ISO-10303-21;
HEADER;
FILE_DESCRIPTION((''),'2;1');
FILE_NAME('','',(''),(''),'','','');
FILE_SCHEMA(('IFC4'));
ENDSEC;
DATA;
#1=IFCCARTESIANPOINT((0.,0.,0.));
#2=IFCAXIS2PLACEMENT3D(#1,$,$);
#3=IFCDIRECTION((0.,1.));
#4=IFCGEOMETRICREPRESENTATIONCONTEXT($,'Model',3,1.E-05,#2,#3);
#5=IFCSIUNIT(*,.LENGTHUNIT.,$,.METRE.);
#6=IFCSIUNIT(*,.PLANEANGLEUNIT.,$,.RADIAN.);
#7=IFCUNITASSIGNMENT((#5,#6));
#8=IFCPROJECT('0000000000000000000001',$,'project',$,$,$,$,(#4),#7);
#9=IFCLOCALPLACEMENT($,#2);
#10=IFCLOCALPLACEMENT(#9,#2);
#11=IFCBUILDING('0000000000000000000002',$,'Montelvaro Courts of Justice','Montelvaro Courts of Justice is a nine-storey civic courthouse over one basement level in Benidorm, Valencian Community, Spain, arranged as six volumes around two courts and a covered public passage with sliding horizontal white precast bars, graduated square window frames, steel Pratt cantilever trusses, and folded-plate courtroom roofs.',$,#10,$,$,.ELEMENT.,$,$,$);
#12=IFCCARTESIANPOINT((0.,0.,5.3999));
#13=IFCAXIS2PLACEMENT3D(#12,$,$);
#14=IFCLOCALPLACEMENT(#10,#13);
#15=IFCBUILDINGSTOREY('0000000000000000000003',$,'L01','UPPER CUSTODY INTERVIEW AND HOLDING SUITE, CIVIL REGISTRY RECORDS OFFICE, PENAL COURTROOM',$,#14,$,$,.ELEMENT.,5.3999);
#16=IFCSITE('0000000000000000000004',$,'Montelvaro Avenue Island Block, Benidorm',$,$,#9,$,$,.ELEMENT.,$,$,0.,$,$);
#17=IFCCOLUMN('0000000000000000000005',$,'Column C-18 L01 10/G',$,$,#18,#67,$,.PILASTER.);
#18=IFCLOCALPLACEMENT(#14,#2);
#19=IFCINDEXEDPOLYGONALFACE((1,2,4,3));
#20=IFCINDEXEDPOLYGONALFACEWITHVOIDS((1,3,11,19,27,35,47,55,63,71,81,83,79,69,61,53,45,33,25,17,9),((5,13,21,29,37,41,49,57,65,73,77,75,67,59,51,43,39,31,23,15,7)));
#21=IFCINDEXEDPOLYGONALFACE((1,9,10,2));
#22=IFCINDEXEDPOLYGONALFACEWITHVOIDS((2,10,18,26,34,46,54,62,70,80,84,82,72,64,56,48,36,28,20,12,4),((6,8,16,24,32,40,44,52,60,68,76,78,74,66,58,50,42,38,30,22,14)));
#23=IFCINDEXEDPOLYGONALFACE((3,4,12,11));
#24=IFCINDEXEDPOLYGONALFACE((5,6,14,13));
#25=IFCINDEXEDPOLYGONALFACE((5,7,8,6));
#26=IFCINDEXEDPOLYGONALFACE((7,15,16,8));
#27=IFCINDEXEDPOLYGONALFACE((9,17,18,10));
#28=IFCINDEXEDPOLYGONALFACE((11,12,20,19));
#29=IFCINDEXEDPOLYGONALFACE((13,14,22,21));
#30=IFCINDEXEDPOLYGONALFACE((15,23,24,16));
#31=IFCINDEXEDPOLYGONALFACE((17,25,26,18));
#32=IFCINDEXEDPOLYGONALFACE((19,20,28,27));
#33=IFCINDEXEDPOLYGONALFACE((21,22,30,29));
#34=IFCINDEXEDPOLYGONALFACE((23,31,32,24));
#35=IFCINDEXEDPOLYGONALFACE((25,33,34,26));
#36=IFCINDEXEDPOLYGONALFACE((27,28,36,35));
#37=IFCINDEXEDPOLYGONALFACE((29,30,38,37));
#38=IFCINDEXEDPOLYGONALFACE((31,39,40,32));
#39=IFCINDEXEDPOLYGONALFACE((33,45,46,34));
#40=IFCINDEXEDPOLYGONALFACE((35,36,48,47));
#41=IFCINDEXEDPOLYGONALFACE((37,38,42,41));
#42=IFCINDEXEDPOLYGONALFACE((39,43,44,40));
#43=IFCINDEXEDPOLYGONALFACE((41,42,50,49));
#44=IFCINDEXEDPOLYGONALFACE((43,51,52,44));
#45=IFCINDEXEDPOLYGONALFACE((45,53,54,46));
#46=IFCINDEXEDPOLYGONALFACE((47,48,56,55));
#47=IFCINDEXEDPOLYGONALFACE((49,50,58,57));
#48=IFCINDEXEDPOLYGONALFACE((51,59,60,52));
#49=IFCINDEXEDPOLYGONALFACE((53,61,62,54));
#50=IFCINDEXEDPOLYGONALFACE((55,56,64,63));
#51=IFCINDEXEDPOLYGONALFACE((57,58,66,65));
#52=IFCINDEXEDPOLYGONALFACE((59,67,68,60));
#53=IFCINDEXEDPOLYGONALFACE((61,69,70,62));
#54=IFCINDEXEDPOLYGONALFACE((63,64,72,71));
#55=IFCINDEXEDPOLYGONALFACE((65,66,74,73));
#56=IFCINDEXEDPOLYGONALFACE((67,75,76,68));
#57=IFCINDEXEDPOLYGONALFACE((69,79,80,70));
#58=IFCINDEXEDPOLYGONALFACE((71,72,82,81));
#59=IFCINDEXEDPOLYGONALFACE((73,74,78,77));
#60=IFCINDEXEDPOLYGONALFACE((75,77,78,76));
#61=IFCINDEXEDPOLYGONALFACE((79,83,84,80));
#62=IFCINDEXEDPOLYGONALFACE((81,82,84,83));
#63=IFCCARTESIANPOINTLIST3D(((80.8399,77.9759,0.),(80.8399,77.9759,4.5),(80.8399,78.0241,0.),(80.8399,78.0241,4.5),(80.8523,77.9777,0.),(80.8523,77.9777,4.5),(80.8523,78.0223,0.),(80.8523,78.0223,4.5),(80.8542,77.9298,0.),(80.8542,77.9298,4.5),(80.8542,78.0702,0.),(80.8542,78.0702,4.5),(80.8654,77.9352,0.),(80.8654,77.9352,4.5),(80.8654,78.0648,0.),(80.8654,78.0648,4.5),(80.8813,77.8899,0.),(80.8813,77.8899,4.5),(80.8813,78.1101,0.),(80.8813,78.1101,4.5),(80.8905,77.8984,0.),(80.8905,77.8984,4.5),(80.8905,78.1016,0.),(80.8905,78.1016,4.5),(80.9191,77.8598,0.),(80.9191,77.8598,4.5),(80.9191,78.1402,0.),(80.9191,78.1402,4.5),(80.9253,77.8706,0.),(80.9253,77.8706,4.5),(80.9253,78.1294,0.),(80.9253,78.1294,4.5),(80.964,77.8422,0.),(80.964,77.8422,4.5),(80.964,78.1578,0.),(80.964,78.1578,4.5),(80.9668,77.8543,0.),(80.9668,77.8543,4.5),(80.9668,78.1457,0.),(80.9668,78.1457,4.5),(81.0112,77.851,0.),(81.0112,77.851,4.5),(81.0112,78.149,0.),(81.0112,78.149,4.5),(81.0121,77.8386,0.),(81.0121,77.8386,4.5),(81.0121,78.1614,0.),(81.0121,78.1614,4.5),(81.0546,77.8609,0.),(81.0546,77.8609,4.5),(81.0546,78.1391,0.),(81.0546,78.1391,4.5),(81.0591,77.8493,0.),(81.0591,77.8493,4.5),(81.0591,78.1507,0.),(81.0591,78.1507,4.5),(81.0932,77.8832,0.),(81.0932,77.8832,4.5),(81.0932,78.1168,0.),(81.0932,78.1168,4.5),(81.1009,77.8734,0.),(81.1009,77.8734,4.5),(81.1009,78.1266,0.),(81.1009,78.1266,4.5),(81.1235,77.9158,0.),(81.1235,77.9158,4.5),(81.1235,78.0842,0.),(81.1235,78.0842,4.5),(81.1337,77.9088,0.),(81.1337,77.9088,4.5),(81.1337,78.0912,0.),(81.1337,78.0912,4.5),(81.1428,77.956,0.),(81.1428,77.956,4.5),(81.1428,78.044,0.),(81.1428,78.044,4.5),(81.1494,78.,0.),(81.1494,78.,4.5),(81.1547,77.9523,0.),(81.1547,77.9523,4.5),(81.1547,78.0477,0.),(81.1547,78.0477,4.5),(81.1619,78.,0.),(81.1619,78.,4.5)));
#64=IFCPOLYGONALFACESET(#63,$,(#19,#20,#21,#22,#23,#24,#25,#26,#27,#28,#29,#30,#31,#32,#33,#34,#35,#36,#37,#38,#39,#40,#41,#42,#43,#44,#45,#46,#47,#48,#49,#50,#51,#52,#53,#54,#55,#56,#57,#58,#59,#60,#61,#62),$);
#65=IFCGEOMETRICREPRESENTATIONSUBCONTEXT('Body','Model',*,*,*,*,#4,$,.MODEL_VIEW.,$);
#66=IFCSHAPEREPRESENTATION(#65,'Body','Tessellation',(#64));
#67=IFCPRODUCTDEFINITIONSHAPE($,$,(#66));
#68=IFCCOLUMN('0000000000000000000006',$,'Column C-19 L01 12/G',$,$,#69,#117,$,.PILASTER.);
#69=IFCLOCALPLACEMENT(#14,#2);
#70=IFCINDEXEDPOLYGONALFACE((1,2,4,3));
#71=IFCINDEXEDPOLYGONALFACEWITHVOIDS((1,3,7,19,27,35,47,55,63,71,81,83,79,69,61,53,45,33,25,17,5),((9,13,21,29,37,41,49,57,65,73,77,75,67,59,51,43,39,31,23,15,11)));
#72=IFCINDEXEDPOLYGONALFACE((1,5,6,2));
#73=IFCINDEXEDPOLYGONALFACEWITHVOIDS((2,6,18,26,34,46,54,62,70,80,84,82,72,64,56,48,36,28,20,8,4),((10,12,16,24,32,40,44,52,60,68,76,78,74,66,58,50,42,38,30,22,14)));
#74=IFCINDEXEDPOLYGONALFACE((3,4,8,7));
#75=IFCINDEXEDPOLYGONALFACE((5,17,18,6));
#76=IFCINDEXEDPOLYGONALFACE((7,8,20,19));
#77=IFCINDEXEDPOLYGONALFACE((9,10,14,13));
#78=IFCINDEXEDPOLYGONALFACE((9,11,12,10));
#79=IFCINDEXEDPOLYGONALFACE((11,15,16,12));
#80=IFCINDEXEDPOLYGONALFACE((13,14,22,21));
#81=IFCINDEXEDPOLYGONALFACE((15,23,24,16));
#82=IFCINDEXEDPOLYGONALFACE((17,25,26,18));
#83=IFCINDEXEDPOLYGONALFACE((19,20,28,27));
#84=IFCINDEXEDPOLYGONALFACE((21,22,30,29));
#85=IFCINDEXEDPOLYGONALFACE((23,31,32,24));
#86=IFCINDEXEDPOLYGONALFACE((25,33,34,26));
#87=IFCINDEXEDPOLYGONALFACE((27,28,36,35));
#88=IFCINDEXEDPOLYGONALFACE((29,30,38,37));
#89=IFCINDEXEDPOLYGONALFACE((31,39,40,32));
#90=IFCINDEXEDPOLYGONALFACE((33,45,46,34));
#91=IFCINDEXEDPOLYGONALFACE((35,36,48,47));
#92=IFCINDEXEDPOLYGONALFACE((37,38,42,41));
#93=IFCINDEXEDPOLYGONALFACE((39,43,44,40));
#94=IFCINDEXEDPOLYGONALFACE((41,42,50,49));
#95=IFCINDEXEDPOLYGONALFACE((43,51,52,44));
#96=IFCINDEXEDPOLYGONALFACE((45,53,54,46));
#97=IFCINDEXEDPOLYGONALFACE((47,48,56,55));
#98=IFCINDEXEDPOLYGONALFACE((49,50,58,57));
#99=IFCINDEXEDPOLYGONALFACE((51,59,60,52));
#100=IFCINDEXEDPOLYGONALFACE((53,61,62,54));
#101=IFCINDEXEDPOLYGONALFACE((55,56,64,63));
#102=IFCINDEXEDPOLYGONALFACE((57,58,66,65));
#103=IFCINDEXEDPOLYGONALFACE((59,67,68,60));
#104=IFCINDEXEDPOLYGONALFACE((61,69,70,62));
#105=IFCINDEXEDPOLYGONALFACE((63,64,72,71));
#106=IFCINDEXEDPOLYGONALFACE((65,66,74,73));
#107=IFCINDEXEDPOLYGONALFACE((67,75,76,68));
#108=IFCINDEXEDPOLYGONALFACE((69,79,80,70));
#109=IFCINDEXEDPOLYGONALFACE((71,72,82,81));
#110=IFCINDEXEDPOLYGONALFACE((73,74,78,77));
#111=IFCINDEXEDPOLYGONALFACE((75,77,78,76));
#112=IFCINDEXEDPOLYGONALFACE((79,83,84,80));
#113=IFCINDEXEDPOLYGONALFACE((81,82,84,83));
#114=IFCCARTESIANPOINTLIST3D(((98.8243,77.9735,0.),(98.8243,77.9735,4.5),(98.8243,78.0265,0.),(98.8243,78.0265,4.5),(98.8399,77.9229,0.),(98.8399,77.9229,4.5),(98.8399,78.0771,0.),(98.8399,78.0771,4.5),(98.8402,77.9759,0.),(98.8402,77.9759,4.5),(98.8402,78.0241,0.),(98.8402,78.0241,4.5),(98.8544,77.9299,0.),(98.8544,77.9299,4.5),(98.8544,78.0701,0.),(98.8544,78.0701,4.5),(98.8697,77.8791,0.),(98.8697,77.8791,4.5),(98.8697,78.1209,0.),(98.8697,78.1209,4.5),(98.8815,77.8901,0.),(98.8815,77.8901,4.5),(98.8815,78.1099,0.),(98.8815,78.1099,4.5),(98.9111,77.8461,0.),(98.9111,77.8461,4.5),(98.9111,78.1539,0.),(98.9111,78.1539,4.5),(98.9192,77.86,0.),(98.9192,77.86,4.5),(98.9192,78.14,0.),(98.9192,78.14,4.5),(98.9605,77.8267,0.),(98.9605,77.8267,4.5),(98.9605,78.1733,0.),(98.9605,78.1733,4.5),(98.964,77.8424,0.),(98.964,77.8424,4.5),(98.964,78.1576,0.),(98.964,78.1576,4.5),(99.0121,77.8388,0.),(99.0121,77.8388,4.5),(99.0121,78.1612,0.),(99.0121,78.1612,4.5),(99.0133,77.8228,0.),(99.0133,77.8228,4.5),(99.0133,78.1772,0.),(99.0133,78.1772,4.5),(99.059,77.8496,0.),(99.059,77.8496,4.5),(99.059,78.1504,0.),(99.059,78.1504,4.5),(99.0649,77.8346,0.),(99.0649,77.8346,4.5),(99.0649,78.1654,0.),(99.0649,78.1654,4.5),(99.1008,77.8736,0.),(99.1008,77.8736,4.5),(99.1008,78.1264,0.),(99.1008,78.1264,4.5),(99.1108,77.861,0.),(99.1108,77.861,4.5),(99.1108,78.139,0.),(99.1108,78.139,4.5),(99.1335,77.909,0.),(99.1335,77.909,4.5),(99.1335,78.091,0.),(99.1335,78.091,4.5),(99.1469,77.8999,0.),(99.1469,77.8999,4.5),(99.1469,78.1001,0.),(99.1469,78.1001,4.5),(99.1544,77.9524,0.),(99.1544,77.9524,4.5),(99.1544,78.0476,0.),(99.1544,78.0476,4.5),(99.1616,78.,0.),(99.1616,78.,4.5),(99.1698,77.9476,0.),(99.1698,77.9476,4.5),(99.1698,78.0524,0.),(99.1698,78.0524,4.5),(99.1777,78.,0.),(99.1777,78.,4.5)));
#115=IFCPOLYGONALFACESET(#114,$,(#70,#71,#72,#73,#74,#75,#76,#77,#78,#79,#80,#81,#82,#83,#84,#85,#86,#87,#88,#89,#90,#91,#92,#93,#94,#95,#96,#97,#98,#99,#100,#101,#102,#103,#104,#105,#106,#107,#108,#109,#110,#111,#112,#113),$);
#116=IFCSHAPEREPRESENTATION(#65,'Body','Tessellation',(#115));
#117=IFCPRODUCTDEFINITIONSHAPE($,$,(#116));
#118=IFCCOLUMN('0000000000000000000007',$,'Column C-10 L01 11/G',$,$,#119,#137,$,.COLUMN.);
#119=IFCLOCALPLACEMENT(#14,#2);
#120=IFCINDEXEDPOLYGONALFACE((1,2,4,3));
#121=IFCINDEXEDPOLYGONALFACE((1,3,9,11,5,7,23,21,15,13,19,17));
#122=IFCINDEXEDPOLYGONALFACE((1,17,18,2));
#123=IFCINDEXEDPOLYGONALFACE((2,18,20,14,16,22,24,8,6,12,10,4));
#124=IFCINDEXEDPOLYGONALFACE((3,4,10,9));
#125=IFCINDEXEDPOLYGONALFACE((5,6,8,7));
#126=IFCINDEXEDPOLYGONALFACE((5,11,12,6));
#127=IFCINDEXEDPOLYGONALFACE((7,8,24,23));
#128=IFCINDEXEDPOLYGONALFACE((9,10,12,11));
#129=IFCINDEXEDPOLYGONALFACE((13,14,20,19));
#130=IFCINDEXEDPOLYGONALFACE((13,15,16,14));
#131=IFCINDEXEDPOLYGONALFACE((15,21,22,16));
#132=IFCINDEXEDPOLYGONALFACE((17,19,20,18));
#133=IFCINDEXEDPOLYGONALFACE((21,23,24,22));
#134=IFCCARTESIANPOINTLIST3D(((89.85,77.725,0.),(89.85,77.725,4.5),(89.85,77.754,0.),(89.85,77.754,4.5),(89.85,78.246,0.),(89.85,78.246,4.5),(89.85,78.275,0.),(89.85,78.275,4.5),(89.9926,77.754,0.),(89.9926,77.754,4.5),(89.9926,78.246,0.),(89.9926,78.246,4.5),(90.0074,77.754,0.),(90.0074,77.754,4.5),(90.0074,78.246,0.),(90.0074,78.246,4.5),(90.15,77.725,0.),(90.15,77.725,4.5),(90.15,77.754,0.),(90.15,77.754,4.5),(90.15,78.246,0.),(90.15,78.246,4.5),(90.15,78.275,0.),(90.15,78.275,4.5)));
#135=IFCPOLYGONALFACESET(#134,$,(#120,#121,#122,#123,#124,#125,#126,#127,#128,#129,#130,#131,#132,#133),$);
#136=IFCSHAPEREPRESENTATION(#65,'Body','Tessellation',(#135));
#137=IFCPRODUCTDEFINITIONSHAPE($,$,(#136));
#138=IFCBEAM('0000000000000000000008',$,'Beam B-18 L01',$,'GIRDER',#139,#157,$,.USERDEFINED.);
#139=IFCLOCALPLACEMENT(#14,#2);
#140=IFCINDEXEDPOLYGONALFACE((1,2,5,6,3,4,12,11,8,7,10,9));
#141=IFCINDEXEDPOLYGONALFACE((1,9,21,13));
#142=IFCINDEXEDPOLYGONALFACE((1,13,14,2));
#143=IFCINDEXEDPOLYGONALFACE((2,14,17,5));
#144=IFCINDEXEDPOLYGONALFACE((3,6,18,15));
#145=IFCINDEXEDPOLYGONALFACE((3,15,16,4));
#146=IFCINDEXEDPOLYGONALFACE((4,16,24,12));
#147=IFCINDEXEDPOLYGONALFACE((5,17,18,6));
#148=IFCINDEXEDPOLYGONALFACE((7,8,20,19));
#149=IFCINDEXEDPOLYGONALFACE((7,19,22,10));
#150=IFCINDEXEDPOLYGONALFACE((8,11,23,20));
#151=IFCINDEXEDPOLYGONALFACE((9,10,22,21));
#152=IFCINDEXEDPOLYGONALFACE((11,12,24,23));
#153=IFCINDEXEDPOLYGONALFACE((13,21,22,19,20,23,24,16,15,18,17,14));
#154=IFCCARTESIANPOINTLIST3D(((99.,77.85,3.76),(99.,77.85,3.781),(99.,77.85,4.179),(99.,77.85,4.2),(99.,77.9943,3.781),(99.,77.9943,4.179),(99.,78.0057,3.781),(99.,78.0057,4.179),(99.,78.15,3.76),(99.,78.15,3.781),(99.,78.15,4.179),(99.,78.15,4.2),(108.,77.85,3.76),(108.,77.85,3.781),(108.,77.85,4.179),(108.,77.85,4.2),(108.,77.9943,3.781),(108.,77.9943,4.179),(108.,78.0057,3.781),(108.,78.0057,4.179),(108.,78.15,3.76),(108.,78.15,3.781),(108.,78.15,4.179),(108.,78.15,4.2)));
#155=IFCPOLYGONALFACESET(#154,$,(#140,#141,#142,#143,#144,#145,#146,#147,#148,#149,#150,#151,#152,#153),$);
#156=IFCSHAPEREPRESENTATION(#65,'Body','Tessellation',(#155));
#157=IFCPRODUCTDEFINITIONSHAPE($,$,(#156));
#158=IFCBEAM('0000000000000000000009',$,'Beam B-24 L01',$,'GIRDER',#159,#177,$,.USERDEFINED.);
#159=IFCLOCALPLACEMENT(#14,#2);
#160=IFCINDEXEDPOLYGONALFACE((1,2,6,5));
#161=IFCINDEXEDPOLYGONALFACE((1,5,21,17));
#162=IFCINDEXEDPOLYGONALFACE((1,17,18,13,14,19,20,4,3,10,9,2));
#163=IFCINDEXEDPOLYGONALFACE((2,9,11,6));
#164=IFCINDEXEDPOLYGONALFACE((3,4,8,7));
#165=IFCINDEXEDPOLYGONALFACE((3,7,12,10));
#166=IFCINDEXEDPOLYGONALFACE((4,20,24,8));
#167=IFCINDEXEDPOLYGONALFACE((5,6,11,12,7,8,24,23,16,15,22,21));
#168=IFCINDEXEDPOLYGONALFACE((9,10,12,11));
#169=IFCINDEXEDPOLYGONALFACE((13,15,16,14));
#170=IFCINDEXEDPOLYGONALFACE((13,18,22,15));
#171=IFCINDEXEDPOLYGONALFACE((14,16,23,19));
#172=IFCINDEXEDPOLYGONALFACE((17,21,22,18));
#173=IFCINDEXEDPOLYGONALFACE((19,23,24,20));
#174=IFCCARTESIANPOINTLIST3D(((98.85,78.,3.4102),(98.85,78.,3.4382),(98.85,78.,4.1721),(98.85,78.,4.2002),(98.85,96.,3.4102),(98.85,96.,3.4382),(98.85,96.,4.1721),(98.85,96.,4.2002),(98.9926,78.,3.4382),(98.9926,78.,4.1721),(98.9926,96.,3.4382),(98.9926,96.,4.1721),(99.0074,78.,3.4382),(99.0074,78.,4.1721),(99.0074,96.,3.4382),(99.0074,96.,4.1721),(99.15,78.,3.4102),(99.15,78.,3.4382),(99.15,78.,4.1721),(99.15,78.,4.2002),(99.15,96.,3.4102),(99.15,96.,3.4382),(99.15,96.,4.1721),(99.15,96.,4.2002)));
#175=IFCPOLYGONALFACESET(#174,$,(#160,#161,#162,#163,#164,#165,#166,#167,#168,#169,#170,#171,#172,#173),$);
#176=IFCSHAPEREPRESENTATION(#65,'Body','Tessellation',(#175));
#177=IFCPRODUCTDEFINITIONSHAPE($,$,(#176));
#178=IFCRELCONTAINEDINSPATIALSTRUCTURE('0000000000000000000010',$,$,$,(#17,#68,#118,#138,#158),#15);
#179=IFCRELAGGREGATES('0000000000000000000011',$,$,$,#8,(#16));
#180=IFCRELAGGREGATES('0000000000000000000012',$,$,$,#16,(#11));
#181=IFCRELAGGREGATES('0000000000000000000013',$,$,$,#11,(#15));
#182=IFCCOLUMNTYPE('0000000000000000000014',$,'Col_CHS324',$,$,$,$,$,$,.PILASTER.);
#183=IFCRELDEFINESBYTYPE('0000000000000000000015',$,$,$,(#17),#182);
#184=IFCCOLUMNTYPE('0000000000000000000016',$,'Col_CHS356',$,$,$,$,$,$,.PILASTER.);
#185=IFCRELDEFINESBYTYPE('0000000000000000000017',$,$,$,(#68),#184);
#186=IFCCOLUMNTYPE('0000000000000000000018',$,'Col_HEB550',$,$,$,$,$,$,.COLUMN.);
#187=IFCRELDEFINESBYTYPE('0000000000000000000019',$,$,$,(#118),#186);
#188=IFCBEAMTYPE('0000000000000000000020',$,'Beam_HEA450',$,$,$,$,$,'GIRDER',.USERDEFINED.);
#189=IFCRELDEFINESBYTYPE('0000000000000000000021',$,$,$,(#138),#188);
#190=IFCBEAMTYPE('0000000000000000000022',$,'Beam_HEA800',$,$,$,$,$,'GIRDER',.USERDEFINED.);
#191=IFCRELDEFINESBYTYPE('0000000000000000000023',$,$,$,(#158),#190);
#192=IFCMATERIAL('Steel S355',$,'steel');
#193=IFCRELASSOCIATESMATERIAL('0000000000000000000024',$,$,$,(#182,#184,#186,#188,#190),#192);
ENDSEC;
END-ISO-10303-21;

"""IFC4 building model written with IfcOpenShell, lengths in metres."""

from ifc_helpers import new_model, si_unit, direction, frame, origin, origin_2d, place, context, subcontext, project, spatial, hollow_circle, i_section, extrude, material, material_profile, profile_set, type_object, element, save


model = new_model("IFC4")

# Units and contexts
model_context = context("Model", 3, precision=1e-05, world=origin(), true_north=direction((0.0, 1.0)))
body_context = subcontext(model_context, "Body", "Model", "MODEL_VIEW")
ifc_project = project(units=[si_unit("LENGTHUNIT", "METRE"), si_unit("PLANEANGLEUNIT", "RADIAN")], contexts=[model_context])

# Site, building, storey
site_placement = place(None, origin())
site = spatial("IfcSite", under=ifc_project, at=site_placement, Name="Montelvaro Avenue Island Block, Benidorm", CompositionType="ELEMENT", RefElevation=0.0)
building_placement = place(site_placement, origin())
building = spatial("IfcBuilding", under=site, at=building_placement, Name="Montelvaro Courts of Justice", Description="Montelvaro Courts of Justice is a nine-storey civic courthouse over one basement level in Benidorm, Valencian Community, Spain, arranged as six volumes around two courts and a covered public passage with sliding horizontal white precast bars, graduated square window frames, steel Pratt cantilever trusses, and folded-plate courtroom roofs.", CompositionType="ELEMENT")
storey_placement = place(building_placement, frame((0.0, 0.0, 5.3999)))
storey = spatial("IfcBuildingStorey", under=building, at=storey_placement, Name="L01", Description="UPPER CUSTODY INTERVIEW AND HOLDING SUITE, CIVIL REGISTRY RECORDS OFFICE, PENAL COURTROOM", CompositionType="ELEMENT", Elevation=5.3999)

# Columns
ifc_material_1 = material(Name="Steel S355", Category="steel")
ifc_material_profile_1 = material_profile(ifc_material_1, hollow_circle(Radius=0.1619, WallThickness=0.0125, at=origin_2d()), Name="CHS 323.9x12.5")
ifc_profile_set_1 = profile_set([ifc_material_profile_1], Name="Steel S355")
column_type_1 = type_object("IfcColumnType", Name="Col_CHS324", PredefinedType="PILASTER", material=ifc_profile_set_1)
column_1_placement = place(storey_placement, frame((81.0, 78.0, 0.0), z_axis=(0.0, 0.0, 1.0), x_axis=(1.0, 0.0, 0.0)))
element("IfcColumn", 1, at=column_1_placement, inside=storey, type_object=column_type_1, Name="Column C-18 L01 10/G", PredefinedType="PILASTER", context=body_context, shape_type="SweptSolid", body=[
    extrude(hollow_circle(Radius=0.1619, WallThickness=0.0125, at=origin_2d()), origin(), (0.0, 0.0, 1.0), 4.5),
])
ifc_material_profile_2 = material_profile(ifc_material_1, hollow_circle(Radius=0.1777, WallThickness=0.0161, at=origin_2d()), Name="CHS 355.6x16")
ifc_profile_set_2 = profile_set([ifc_material_profile_2], Name="Steel S355")
column_type_2 = type_object("IfcColumnType", Name="Col_CHS356", PredefinedType="PILASTER", material=ifc_profile_set_2)
column_2_placement = place(storey_placement, frame((99.0, 78.0, 0.0), z_axis=(0.0, 0.0, 1.0), x_axis=(1.0, 0.0, 0.0)))
element("IfcColumn", 2, at=column_2_placement, inside=storey, type_object=column_type_2, Name="Column C-19 L01 12/G", PredefinedType="PILASTER", context=body_context, shape_type="SweptSolid", body=[
    extrude(hollow_circle(Radius=0.1777, WallThickness=0.0161, at=origin_2d()), origin(), (0.0, 0.0, 1.0), 4.5),
])
ifc_material_profile_3 = material_profile(ifc_material_1, i_section(OverallWidth=0.3, OverallDepth=0.55, WebThickness=0.0149, FlangeThickness=0.0291, at=origin_2d()), Name="HEB 550")
ifc_profile_set_3 = profile_set([ifc_material_profile_3], Name="Steel S355")
column_type_3 = type_object("IfcColumnType", Name="Col_HEB550", PredefinedType="COLUMN", material=ifc_profile_set_3)
column_3_placement = place(storey_placement, frame((90.0, 78.0, 0.0), z_axis=(0.0, 0.0, 1.0), x_axis=(1.0, 0.0, 0.0)))
element("IfcColumn", 3, at=column_3_placement, inside=storey, type_object=column_type_3, Name="Column C-10 L01 11/G", PredefinedType="COLUMN", context=body_context, shape_type="SweptSolid", body=[
    extrude(i_section(OverallWidth=0.3, OverallDepth=0.55, WebThickness=0.0149, FlangeThickness=0.0291, at=origin_2d()), origin(), (0.0, 0.0, 1.0), 4.5),
])

# Beams
ifc_material_profile_4 = material_profile(ifc_material_1, i_section(OverallWidth=0.3, OverallDepth=0.4399, WebThickness=0.0115, FlangeThickness=0.021, at=origin_2d()), Name="HEA 450")
ifc_profile_set_4 = profile_set([ifc_material_profile_4], Name="Steel S355")
beam_type_1 = type_object("IfcBeamType", Name="Beam_HEA450", ElementType="GIRDER", PredefinedType="USERDEFINED", material=ifc_profile_set_4)
beam_1_placement = place(storey_placement, frame((99.0, 78.0, 3.98), z_axis=(1.0, 0.0, 0.0), x_axis=(0.0, 1.0, 0.0)))
element("IfcBeam", 4, at=beam_1_placement, inside=storey, type_object=beam_type_1, Name="Beam B-18 L01", ObjectType="GIRDER", PredefinedType="USERDEFINED", context=body_context, shape_type="SweptSolid", body=[
    extrude(i_section(OverallWidth=0.3, OverallDepth=0.4399, WebThickness=0.0115, FlangeThickness=0.021, at=origin_2d()), origin(), (0.0, 0.0, 1.0), 9.0),
])
ifc_material_profile_5 = material_profile(ifc_material_1, i_section(OverallWidth=0.3, OverallDepth=0.79, WebThickness=0.0149, FlangeThickness=0.0281, at=origin_2d()), Name="HEA 800")
ifc_profile_set_5 = profile_set([ifc_material_profile_5], Name="Steel S355")
beam_type_2 = type_object("IfcBeamType", Name="Beam_HEA800", ElementType="GIRDER", PredefinedType="USERDEFINED", material=ifc_profile_set_5)
beam_2_placement = place(storey_placement, frame((99.0, 78.0, 3.8052), z_axis=(0.0, 1.0, 0.0), x_axis=(-1.0, 0.0, 0.0)))
element("IfcBeam", 5, at=beam_2_placement, inside=storey, type_object=beam_type_2, Name="Beam B-24 L01", ObjectType="GIRDER", PredefinedType="USERDEFINED", context=body_context, shape_type="SweptSolid", body=[
    extrude(i_section(OverallWidth=0.3, OverallDepth=0.79, WebThickness=0.0149, FlangeThickness=0.0281, at=origin_2d()), origin(), (0.0, 0.0, 1.0), 18.0),
])

save(model, "model.ifc")
